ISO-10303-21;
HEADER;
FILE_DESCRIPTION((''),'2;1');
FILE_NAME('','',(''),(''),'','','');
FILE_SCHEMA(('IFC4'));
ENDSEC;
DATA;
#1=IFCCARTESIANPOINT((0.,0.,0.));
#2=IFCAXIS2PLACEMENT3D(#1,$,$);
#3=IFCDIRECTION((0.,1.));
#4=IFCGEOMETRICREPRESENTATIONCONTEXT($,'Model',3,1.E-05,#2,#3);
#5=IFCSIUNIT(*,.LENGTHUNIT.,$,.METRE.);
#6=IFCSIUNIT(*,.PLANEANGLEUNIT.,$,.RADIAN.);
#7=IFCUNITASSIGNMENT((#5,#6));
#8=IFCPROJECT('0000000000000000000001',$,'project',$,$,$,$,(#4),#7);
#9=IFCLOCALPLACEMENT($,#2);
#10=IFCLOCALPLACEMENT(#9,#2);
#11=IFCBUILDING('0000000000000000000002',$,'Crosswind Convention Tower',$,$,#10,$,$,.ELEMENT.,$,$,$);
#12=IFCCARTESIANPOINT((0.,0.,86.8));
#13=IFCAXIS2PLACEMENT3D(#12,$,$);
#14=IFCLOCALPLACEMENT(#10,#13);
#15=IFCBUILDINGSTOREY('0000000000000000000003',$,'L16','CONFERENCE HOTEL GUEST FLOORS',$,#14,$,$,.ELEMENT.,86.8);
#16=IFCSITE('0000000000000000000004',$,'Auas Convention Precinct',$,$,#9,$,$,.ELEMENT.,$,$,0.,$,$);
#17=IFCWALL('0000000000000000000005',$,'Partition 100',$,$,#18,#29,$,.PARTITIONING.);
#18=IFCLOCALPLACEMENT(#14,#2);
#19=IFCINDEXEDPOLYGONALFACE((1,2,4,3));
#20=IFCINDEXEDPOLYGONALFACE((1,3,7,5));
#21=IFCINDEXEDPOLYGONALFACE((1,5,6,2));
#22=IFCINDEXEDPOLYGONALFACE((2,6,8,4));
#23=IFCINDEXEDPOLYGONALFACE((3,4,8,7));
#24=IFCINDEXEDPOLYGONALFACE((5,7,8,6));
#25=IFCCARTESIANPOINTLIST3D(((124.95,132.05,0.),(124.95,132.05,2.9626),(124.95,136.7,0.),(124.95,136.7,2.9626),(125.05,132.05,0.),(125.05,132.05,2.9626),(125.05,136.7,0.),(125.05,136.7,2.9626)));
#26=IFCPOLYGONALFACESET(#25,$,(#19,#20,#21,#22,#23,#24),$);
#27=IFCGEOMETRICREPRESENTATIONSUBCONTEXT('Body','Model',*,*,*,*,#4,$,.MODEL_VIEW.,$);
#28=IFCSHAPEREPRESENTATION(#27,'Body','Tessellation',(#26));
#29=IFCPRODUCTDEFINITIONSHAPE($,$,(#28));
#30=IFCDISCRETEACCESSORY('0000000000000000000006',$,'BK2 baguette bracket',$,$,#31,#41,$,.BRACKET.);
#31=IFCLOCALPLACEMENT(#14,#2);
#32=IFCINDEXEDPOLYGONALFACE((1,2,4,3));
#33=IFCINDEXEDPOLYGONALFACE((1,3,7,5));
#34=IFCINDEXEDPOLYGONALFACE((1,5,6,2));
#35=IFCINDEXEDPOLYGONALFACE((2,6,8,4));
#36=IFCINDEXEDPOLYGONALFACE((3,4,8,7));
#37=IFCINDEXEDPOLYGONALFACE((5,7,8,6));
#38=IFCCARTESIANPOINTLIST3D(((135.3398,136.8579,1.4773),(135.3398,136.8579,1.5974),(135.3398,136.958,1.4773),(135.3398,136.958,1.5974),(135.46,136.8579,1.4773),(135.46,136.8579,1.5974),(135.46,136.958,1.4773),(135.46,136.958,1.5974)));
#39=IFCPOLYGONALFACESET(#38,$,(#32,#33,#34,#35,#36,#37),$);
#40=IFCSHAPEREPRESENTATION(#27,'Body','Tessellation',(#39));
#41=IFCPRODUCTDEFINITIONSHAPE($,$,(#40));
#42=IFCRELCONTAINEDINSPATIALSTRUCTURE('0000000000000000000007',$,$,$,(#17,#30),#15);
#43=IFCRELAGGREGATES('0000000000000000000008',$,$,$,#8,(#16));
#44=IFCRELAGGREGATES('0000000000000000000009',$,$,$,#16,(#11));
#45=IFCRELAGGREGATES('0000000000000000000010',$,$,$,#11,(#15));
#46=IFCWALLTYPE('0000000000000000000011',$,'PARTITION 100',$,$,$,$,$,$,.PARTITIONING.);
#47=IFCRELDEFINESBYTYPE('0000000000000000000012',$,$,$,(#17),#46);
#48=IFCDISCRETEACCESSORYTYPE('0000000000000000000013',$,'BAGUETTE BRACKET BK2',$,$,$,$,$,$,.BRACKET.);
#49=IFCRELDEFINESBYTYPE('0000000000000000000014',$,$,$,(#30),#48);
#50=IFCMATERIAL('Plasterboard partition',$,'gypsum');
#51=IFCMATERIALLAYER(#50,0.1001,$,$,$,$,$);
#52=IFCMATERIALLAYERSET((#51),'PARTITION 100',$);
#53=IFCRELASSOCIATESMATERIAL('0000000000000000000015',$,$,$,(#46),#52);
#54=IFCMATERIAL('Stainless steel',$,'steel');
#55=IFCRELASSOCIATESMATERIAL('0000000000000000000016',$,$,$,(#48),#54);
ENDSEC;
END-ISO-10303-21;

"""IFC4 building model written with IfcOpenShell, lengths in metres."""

from ifc_helpers import new_model, si_unit, direction, frame, frame_2d, origin, origin_2d, place, context, subcontext, project, spatial, rectangle, extrude, material, layer, layer_set, type_object, element, save


model = new_model("IFC4")

# Units and contexts
model_context = context("Model", 3, precision=1e-05, world=origin(), true_north=direction((0.0, 1.0)))
body_context = subcontext(model_context, "Body", "Model", "MODEL_VIEW")
ifc_project = project(units=[si_unit("LENGTHUNIT", "METRE"), si_unit("PLANEANGLEUNIT", "RADIAN")], contexts=[model_context])

# Site, building, storey
site_placement = place(None, origin())
site = spatial("IfcSite", under=ifc_project, at=site_placement, Name="Auas Convention Precinct", CompositionType="ELEMENT", RefElevation=0.0)
building_placement = place(site_placement, origin())
building = spatial("IfcBuilding", under=site, at=building_placement, Name="Crosswind Convention Tower", CompositionType="ELEMENT")
storey_placement = place(building_placement, frame((0.0, 0.0, 86.8)))
storey = spatial("IfcBuildingStorey", under=building, at=storey_placement, Name="L16", Description="CONFERENCE HOTEL GUEST FLOORS", CompositionType="ELEMENT", Elevation=86.8)

# Shared definitions
ifc_material_1 = material(Name="Plasterboard partition", Category="gypsum")

# Wall
ifc_layer_1 = layer(ifc_material_1, 0.1001)
ifc_layer_set_1 = layer_set([ifc_layer_1], Name="PARTITION 100")
wall_type_1 = type_object("IfcWallType", Name="PARTITION 100", PredefinedType="PARTITIONING", material=ifc_layer_set_1)
wall_1_placement = place(storey_placement, frame((125.0, 132.05, 0.0), z_axis=(0.0, 0.0, 1.0), x_axis=(0.0, 1.0, 0.0)))
element("IfcWall", 1, at=wall_1_placement, inside=storey, type_object=wall_type_1, Name="Partition 100", PredefinedType="PARTITIONING", context=body_context, shape_type="SweptSolid", body=[
    extrude(rectangle(XDim=4.6499, YDim=0.1001, at=frame_2d((2.325, 0.0))), origin(), (0.0, 0.0, 1.0), 2.9626),
])

# Discrete accessory
ifc_material_2 = material(Name="Stainless steel", Category="steel")
discrete_accessory_type = type_object("IfcDiscreteAccessoryType", Name="BAGUETTE BRACKET BK2", PredefinedType="BRACKET", material=ifc_material_2)
discrete_accessory_placement = place(storey_placement, frame((135.3999, 136.908, 1.4773), z_axis=(0.0, 0.0, 1.0), x_axis=(-1.0, 0.0, 0.0)))
element("IfcDiscreteAccessory", 2, at=discrete_accessory_placement, inside=storey, type_object=discrete_accessory_type, Name="BK2 baguette bracket", PredefinedType="BRACKET", context=body_context, shape_type="SweptSolid", body=[
    extrude(rectangle(XDim=0.1201, YDim=0.1001, at=origin_2d()), origin(), (0.0, 0.0, 1.0), 0.1201),
])

save(model, "model.ifc")
